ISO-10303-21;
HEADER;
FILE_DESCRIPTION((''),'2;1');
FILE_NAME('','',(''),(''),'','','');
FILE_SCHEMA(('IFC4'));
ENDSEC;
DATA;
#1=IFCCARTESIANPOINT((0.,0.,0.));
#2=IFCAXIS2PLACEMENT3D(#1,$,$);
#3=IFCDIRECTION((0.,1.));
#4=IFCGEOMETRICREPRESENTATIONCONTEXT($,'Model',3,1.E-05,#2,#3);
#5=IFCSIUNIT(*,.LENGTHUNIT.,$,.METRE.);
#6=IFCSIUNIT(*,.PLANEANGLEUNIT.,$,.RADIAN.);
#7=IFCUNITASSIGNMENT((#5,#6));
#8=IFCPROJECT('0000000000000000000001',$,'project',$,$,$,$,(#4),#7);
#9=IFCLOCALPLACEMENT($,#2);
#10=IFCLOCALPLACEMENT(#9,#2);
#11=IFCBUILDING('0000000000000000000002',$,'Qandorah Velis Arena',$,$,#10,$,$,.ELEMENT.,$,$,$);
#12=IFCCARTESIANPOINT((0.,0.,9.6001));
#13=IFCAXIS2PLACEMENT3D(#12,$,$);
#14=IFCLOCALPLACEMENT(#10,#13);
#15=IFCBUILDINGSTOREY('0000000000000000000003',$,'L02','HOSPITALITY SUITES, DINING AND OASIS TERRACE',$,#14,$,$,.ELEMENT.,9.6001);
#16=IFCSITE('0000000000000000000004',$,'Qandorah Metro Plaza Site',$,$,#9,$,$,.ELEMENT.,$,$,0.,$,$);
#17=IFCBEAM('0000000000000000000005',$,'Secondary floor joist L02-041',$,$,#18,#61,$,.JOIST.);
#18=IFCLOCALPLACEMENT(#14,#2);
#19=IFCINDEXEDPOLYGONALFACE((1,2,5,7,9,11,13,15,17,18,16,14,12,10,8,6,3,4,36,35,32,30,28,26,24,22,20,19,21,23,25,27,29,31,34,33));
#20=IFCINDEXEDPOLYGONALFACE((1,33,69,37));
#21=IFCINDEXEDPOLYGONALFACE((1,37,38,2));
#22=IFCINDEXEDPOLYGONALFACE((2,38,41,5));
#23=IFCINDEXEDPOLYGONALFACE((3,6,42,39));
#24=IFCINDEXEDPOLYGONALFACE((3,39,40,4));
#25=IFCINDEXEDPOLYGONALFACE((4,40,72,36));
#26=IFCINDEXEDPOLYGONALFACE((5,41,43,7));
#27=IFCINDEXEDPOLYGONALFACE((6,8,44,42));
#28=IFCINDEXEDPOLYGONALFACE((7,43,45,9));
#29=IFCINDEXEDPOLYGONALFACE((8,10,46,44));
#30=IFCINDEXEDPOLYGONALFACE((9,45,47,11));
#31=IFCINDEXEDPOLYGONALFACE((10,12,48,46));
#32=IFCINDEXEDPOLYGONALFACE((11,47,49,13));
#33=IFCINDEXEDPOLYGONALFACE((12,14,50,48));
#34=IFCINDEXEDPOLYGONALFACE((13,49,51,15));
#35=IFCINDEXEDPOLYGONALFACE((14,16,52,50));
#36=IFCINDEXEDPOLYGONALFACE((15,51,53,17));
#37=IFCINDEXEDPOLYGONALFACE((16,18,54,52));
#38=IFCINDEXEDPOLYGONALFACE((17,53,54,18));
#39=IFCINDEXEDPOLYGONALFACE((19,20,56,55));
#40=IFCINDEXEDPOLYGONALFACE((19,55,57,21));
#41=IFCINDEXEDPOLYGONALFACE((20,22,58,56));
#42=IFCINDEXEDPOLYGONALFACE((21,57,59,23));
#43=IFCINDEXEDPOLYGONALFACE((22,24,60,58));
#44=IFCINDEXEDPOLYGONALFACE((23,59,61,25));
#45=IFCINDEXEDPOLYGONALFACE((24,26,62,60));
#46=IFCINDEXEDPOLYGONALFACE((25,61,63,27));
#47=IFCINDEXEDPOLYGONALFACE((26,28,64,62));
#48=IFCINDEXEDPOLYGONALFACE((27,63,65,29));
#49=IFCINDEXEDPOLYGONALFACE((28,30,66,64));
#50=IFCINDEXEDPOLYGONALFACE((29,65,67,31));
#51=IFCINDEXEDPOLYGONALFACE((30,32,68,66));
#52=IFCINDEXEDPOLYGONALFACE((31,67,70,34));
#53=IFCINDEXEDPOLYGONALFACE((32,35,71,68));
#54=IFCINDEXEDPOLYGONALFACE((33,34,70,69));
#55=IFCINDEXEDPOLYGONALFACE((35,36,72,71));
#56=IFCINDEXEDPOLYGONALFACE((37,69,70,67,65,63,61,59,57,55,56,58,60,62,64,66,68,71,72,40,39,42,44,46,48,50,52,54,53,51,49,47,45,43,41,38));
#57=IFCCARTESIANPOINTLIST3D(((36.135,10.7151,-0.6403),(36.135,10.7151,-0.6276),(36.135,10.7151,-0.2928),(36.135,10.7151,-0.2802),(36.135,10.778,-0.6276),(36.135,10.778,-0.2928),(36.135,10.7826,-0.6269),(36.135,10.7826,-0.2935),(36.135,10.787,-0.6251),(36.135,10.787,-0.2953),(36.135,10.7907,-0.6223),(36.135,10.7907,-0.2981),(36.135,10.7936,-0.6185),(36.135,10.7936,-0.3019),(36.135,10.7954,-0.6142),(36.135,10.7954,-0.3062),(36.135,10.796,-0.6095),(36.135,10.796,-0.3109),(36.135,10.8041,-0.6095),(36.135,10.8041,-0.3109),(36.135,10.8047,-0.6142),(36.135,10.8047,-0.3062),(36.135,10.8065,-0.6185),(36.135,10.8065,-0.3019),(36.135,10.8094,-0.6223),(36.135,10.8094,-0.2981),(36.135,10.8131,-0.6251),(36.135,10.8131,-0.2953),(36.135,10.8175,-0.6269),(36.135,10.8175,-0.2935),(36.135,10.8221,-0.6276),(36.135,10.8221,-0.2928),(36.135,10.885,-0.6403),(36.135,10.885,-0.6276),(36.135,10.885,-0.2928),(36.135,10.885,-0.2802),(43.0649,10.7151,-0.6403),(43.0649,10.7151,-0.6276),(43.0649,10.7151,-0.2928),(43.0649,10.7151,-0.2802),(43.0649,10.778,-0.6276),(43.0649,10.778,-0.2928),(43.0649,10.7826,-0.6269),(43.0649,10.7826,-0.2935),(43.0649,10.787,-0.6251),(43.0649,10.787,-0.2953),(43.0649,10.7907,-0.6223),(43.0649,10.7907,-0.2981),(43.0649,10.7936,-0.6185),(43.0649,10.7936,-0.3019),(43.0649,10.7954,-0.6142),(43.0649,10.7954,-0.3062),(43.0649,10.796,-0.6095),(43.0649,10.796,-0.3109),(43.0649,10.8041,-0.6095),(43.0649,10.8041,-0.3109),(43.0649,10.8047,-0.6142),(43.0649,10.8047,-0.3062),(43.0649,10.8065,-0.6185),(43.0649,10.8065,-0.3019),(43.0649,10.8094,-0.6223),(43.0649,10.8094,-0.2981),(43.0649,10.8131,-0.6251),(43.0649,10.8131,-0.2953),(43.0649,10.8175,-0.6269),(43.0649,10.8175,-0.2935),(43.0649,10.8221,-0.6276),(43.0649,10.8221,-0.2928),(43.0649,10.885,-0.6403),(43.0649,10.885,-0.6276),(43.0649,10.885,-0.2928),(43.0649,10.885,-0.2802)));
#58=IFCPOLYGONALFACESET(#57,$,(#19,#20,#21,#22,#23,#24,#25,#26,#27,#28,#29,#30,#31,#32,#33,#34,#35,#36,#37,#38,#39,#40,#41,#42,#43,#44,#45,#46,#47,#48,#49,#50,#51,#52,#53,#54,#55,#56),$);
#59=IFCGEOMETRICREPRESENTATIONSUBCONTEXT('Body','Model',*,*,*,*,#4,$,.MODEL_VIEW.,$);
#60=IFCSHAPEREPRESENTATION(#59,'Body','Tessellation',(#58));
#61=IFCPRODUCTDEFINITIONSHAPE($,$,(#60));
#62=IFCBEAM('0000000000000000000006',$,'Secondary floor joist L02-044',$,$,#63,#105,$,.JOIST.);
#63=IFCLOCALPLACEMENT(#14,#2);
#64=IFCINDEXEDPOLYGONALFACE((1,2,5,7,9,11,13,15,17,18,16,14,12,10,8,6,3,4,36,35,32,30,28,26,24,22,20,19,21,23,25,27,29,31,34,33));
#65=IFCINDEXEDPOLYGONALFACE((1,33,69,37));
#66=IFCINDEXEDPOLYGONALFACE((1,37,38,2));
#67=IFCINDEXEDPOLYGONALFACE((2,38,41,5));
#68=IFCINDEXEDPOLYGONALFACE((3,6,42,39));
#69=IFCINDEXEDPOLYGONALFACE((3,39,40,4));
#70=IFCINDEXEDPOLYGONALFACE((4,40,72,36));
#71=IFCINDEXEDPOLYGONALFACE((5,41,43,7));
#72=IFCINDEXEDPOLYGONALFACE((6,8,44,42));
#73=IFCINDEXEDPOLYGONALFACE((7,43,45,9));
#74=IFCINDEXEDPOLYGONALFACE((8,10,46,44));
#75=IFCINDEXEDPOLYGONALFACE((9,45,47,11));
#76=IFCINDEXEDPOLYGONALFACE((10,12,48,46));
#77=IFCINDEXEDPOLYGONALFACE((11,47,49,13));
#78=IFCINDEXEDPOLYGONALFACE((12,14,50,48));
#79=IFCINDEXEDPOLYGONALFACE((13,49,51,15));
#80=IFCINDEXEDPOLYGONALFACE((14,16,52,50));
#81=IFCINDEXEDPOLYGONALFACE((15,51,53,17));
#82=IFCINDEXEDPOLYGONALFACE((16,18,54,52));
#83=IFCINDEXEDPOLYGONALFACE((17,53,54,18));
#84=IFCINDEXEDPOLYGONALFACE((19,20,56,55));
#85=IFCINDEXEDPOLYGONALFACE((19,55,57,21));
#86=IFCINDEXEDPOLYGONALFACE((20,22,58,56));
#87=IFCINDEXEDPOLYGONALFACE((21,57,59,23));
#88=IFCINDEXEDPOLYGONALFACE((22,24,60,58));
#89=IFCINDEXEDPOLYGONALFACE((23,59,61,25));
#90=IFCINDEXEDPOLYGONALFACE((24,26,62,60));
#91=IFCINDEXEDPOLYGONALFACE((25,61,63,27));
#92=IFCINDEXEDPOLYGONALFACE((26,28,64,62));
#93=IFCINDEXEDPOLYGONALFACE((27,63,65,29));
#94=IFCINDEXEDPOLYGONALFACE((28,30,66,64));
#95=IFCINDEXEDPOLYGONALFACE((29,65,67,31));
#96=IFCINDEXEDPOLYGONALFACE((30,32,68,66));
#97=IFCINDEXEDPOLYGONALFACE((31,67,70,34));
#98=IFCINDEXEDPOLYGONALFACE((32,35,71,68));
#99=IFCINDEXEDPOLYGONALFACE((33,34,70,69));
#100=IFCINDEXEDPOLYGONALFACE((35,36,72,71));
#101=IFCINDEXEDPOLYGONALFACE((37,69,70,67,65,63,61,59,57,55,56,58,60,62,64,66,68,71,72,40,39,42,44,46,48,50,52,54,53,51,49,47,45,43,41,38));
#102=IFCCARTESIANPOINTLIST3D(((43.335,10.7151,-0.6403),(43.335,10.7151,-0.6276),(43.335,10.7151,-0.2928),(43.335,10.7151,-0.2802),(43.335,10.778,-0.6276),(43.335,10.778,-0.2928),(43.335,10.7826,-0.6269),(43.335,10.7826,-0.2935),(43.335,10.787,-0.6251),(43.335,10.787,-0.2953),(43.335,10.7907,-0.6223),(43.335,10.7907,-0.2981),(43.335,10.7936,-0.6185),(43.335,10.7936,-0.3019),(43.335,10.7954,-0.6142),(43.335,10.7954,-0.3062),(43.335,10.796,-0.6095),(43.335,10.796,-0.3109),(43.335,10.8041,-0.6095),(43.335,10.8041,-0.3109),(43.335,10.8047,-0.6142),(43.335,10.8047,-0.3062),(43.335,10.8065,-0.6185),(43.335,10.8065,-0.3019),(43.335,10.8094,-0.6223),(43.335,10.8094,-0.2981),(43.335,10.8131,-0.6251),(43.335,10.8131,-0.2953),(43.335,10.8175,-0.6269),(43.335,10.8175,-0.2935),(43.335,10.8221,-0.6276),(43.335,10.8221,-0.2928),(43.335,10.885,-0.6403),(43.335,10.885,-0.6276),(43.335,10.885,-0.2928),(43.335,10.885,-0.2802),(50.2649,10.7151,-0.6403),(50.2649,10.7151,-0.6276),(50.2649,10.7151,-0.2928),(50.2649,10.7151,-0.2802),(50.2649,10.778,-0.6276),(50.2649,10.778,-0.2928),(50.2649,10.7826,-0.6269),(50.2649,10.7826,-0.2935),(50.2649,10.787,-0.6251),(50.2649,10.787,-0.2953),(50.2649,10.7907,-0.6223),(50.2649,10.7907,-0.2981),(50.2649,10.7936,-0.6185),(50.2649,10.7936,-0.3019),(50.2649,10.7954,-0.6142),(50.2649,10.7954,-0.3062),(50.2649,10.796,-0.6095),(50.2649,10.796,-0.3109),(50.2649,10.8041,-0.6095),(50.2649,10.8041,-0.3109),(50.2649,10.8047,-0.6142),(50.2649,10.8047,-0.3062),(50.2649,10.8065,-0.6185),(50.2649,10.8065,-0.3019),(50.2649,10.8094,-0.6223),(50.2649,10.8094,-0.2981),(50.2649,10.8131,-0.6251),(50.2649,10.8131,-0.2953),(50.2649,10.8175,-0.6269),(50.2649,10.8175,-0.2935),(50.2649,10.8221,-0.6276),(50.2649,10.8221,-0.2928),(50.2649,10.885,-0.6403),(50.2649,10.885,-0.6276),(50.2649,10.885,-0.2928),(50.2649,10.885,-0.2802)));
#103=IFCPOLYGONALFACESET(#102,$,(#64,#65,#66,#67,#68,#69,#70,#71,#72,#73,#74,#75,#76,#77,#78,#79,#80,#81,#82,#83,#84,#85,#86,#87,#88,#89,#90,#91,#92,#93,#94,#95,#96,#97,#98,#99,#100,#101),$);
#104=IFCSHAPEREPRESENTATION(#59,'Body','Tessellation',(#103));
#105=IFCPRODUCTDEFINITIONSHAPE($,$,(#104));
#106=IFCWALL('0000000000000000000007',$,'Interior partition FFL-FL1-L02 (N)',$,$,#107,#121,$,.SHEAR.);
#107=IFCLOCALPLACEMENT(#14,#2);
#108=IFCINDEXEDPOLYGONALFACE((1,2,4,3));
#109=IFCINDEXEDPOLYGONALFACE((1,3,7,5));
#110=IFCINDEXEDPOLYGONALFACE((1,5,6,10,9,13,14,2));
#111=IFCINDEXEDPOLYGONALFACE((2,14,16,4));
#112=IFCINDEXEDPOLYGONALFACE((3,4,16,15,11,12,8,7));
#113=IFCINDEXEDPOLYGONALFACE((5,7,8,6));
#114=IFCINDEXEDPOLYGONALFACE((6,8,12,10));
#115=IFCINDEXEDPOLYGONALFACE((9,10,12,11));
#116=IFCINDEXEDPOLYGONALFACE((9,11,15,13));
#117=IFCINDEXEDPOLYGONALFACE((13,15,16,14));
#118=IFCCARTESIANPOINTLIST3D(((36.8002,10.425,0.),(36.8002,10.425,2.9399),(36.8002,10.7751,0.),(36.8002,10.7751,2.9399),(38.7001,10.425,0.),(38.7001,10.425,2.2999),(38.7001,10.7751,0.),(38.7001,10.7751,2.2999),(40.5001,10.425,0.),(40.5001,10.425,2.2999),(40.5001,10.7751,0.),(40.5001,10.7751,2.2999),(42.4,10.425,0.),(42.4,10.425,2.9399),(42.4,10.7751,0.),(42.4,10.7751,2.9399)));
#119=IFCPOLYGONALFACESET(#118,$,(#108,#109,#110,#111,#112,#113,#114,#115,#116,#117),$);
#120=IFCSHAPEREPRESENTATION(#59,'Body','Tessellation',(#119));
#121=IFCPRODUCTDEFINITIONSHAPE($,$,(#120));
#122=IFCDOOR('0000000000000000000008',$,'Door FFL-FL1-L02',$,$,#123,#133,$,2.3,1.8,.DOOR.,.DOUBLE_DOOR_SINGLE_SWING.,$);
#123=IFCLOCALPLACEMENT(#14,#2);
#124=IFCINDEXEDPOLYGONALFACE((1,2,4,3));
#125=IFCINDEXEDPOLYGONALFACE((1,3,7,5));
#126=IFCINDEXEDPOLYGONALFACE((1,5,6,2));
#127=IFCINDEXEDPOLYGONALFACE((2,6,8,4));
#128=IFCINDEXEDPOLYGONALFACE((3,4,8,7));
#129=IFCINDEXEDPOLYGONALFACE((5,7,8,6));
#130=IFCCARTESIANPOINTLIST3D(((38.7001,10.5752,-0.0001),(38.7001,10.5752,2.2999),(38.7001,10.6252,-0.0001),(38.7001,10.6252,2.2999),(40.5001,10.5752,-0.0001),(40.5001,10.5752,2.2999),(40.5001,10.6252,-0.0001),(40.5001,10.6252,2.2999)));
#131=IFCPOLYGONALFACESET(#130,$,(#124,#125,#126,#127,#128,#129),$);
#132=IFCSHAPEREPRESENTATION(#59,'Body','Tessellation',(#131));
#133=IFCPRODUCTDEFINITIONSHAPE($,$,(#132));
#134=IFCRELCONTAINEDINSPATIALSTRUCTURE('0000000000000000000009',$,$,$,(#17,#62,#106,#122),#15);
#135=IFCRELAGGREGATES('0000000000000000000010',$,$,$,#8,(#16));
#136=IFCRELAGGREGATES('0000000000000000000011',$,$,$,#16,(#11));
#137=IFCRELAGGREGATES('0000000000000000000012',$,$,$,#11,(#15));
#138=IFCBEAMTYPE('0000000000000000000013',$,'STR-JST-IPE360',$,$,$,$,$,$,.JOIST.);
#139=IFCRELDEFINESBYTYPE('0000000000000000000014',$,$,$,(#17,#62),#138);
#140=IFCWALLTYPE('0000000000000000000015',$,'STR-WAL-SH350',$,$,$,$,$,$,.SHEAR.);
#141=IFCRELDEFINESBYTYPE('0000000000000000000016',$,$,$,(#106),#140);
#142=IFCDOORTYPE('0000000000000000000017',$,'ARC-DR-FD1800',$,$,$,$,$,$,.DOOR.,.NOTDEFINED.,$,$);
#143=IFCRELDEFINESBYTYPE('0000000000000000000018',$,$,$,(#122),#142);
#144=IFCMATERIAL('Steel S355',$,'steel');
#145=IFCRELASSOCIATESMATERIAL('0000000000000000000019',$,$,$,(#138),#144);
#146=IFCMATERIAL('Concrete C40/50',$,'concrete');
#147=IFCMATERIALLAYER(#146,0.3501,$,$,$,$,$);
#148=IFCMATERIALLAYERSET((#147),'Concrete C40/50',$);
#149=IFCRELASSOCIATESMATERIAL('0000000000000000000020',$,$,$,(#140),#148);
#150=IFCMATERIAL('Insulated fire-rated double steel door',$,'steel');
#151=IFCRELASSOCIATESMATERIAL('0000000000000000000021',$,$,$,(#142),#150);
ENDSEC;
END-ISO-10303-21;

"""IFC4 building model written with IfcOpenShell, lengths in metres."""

from ifc_helpers import new_model, si_unit, direction, frame, frame_2d, origin, origin_2d, place, context, subcontext, project, spatial, rectangle, i_section, extrude, material, layer, layer_set, material_profile, profile_set, type_object, element, fill, save


model = new_model("IFC4")

# Units and contexts
model_context = context("Model", 3, precision=1e-05, world=origin(), true_north=direction((0.0, 1.0)))
body_context = subcontext(model_context, "Body", "Model", "MODEL_VIEW")
ifc_project = project(units=[si_unit("LENGTHUNIT", "METRE"), si_unit("PLANEANGLEUNIT", "RADIAN")], contexts=[model_context])

# Site, building, storey
site_placement = place(None, origin())
site = spatial("IfcSite", under=ifc_project, at=site_placement, Name="Qandorah Metro Plaza Site", CompositionType="ELEMENT", RefElevation=0.0)
building_placement = place(site_placement, origin())
building = spatial("IfcBuilding", under=site, at=building_placement, Name="Qandorah Velis Arena", CompositionType="ELEMENT")
storey_placement = place(building_placement, frame((0.0, 0.0, 9.6001)))
storey = spatial("IfcBuildingStorey", under=building, at=storey_placement, Name="L02", Description="HOSPITALITY SUITES, DINING AND OASIS TERRACE", CompositionType="ELEMENT", Elevation=9.6001)

# Shared definitions
ifc_material_1 = material(Name="Concrete C40/50", Category="concrete")
ifc_material_2 = material(Name="Steel S355", Category="steel")

# Beams
ifc_material_profile_1 = material_profile(ifc_material_2, i_section(OverallWidth=0.1699, OverallDepth=0.3601, WebThickness=0.0081, FlangeThickness=0.0127, FilletRadius=0.0181, at=origin_2d()), Name="IPE 360")
ifc_profile_set_1 = profile_set([ifc_material_profile_1], Name="Steel S355")
beam_type_1 = type_object("IfcBeamType", Name="STR-JST-IPE360", PredefinedType="JOIST", material=ifc_profile_set_1)
for number, where, z_axis, x_axis, name in (
    (1, (36.135, 10.8, -0.4602), (1.0, 0.0, 0.0), (0.0, 1.0, 0.0), "Secondary floor joist L02-041"),
    (2, (43.335, 10.8, -0.4602), (1.0, 0.0, 0.0), (0.0, 1.0, 0.0), "Secondary floor joist L02-044"),
):
    element("IfcBeam", number, at=place(storey_placement, frame(where, z_axis=z_axis, x_axis=x_axis)), inside=storey, type_object=beam_type_1, Name=name, PredefinedType="JOIST", context=body_context, shape_type="SweptSolid", body=[
        extrude(i_section(OverallWidth=0.1699, OverallDepth=0.3601, WebThickness=0.0081, FlangeThickness=0.0127, FilletRadius=0.0181, at=origin_2d()), origin(), (0.0, 0.0, 1.0), 6.9299),
    ])

# Wall, opening, door
ifc_layer = layer(ifc_material_1, 0.3501)
ifc_layer_set = layer_set([ifc_layer], Name="Concrete C40/50")
wall_type = type_object("IfcWallType", Name="STR-WAL-SH350", PredefinedType="SHEAR", material=ifc_layer_set)
wall_placement = place(storey_placement, frame((42.3999, 10.6001, 0.0), z_axis=(0.0, 0.0, 1.0), x_axis=(-1.0, 0.0, 0.0)))
wall = element("IfcWall", 3, at=wall_placement, inside=storey, type_object=wall_type, Name="Interior partition FFL-FL1-L02 (N)", PredefinedType="SHEAR", context=body_context, shape_type="SweptSolid", body=[
    extrude(rectangle(XDim=5.5999, YDim=0.3501, at=frame_2d((2.7998, 0.0))), origin(), (0.0, 0.0, 1.0), 2.9399),
])
opening_placement = place(wall_placement, frame((1.8999, 0.0, 0.0)))
opening = element("IfcOpeningElement", 4, at=opening_placement, cuts=wall, PredefinedType="OPENING", context=body_context, shape_type="SweptSolid", body=[
    extrude(rectangle(XDim=1.8, YDim=2.3, at=frame_2d((0.8999, 1.1499))), frame((0.0, 0.1851, 0.0), z_axis=(0.0, -1.0, 0.0), x_axis=(1.0, 0.0, 0.0)), (0.0, 0.0, 1.0), 0.3701),
])
ifc_material_3 = material(Name="Insulated fire-rated double steel door", Category="steel")
door_type = type_object("IfcDoorType", Name="ARC-DR-FD1800", OperationType="NOTDEFINED", PredefinedType="DOOR", material=ifc_material_3)
door_placement = place(opening_placement, origin())
door = element("IfcDoor", 5, at=door_placement, inside=storey, type_object=door_type, Name="Door FFL-FL1-L02", OperationType="DOUBLE_DOOR_SINGLE_SWING", OverallHeight=2.3, OverallWidth=1.8, PredefinedType="DOOR", context=body_context, shape_type="SweptSolid", body=[
    extrude(rectangle(XDim=1.8, YDim=2.3, at=frame_2d((0.8999, 1.1499))), frame((0.0, 0.0249, 0.0), z_axis=(0.0, -1.0, 0.0), x_axis=(1.0, 0.0, 0.0)), (0.0, 0.0, 1.0), 0.05),
])
fill(opening, door)

save(model, "model.ifc")
